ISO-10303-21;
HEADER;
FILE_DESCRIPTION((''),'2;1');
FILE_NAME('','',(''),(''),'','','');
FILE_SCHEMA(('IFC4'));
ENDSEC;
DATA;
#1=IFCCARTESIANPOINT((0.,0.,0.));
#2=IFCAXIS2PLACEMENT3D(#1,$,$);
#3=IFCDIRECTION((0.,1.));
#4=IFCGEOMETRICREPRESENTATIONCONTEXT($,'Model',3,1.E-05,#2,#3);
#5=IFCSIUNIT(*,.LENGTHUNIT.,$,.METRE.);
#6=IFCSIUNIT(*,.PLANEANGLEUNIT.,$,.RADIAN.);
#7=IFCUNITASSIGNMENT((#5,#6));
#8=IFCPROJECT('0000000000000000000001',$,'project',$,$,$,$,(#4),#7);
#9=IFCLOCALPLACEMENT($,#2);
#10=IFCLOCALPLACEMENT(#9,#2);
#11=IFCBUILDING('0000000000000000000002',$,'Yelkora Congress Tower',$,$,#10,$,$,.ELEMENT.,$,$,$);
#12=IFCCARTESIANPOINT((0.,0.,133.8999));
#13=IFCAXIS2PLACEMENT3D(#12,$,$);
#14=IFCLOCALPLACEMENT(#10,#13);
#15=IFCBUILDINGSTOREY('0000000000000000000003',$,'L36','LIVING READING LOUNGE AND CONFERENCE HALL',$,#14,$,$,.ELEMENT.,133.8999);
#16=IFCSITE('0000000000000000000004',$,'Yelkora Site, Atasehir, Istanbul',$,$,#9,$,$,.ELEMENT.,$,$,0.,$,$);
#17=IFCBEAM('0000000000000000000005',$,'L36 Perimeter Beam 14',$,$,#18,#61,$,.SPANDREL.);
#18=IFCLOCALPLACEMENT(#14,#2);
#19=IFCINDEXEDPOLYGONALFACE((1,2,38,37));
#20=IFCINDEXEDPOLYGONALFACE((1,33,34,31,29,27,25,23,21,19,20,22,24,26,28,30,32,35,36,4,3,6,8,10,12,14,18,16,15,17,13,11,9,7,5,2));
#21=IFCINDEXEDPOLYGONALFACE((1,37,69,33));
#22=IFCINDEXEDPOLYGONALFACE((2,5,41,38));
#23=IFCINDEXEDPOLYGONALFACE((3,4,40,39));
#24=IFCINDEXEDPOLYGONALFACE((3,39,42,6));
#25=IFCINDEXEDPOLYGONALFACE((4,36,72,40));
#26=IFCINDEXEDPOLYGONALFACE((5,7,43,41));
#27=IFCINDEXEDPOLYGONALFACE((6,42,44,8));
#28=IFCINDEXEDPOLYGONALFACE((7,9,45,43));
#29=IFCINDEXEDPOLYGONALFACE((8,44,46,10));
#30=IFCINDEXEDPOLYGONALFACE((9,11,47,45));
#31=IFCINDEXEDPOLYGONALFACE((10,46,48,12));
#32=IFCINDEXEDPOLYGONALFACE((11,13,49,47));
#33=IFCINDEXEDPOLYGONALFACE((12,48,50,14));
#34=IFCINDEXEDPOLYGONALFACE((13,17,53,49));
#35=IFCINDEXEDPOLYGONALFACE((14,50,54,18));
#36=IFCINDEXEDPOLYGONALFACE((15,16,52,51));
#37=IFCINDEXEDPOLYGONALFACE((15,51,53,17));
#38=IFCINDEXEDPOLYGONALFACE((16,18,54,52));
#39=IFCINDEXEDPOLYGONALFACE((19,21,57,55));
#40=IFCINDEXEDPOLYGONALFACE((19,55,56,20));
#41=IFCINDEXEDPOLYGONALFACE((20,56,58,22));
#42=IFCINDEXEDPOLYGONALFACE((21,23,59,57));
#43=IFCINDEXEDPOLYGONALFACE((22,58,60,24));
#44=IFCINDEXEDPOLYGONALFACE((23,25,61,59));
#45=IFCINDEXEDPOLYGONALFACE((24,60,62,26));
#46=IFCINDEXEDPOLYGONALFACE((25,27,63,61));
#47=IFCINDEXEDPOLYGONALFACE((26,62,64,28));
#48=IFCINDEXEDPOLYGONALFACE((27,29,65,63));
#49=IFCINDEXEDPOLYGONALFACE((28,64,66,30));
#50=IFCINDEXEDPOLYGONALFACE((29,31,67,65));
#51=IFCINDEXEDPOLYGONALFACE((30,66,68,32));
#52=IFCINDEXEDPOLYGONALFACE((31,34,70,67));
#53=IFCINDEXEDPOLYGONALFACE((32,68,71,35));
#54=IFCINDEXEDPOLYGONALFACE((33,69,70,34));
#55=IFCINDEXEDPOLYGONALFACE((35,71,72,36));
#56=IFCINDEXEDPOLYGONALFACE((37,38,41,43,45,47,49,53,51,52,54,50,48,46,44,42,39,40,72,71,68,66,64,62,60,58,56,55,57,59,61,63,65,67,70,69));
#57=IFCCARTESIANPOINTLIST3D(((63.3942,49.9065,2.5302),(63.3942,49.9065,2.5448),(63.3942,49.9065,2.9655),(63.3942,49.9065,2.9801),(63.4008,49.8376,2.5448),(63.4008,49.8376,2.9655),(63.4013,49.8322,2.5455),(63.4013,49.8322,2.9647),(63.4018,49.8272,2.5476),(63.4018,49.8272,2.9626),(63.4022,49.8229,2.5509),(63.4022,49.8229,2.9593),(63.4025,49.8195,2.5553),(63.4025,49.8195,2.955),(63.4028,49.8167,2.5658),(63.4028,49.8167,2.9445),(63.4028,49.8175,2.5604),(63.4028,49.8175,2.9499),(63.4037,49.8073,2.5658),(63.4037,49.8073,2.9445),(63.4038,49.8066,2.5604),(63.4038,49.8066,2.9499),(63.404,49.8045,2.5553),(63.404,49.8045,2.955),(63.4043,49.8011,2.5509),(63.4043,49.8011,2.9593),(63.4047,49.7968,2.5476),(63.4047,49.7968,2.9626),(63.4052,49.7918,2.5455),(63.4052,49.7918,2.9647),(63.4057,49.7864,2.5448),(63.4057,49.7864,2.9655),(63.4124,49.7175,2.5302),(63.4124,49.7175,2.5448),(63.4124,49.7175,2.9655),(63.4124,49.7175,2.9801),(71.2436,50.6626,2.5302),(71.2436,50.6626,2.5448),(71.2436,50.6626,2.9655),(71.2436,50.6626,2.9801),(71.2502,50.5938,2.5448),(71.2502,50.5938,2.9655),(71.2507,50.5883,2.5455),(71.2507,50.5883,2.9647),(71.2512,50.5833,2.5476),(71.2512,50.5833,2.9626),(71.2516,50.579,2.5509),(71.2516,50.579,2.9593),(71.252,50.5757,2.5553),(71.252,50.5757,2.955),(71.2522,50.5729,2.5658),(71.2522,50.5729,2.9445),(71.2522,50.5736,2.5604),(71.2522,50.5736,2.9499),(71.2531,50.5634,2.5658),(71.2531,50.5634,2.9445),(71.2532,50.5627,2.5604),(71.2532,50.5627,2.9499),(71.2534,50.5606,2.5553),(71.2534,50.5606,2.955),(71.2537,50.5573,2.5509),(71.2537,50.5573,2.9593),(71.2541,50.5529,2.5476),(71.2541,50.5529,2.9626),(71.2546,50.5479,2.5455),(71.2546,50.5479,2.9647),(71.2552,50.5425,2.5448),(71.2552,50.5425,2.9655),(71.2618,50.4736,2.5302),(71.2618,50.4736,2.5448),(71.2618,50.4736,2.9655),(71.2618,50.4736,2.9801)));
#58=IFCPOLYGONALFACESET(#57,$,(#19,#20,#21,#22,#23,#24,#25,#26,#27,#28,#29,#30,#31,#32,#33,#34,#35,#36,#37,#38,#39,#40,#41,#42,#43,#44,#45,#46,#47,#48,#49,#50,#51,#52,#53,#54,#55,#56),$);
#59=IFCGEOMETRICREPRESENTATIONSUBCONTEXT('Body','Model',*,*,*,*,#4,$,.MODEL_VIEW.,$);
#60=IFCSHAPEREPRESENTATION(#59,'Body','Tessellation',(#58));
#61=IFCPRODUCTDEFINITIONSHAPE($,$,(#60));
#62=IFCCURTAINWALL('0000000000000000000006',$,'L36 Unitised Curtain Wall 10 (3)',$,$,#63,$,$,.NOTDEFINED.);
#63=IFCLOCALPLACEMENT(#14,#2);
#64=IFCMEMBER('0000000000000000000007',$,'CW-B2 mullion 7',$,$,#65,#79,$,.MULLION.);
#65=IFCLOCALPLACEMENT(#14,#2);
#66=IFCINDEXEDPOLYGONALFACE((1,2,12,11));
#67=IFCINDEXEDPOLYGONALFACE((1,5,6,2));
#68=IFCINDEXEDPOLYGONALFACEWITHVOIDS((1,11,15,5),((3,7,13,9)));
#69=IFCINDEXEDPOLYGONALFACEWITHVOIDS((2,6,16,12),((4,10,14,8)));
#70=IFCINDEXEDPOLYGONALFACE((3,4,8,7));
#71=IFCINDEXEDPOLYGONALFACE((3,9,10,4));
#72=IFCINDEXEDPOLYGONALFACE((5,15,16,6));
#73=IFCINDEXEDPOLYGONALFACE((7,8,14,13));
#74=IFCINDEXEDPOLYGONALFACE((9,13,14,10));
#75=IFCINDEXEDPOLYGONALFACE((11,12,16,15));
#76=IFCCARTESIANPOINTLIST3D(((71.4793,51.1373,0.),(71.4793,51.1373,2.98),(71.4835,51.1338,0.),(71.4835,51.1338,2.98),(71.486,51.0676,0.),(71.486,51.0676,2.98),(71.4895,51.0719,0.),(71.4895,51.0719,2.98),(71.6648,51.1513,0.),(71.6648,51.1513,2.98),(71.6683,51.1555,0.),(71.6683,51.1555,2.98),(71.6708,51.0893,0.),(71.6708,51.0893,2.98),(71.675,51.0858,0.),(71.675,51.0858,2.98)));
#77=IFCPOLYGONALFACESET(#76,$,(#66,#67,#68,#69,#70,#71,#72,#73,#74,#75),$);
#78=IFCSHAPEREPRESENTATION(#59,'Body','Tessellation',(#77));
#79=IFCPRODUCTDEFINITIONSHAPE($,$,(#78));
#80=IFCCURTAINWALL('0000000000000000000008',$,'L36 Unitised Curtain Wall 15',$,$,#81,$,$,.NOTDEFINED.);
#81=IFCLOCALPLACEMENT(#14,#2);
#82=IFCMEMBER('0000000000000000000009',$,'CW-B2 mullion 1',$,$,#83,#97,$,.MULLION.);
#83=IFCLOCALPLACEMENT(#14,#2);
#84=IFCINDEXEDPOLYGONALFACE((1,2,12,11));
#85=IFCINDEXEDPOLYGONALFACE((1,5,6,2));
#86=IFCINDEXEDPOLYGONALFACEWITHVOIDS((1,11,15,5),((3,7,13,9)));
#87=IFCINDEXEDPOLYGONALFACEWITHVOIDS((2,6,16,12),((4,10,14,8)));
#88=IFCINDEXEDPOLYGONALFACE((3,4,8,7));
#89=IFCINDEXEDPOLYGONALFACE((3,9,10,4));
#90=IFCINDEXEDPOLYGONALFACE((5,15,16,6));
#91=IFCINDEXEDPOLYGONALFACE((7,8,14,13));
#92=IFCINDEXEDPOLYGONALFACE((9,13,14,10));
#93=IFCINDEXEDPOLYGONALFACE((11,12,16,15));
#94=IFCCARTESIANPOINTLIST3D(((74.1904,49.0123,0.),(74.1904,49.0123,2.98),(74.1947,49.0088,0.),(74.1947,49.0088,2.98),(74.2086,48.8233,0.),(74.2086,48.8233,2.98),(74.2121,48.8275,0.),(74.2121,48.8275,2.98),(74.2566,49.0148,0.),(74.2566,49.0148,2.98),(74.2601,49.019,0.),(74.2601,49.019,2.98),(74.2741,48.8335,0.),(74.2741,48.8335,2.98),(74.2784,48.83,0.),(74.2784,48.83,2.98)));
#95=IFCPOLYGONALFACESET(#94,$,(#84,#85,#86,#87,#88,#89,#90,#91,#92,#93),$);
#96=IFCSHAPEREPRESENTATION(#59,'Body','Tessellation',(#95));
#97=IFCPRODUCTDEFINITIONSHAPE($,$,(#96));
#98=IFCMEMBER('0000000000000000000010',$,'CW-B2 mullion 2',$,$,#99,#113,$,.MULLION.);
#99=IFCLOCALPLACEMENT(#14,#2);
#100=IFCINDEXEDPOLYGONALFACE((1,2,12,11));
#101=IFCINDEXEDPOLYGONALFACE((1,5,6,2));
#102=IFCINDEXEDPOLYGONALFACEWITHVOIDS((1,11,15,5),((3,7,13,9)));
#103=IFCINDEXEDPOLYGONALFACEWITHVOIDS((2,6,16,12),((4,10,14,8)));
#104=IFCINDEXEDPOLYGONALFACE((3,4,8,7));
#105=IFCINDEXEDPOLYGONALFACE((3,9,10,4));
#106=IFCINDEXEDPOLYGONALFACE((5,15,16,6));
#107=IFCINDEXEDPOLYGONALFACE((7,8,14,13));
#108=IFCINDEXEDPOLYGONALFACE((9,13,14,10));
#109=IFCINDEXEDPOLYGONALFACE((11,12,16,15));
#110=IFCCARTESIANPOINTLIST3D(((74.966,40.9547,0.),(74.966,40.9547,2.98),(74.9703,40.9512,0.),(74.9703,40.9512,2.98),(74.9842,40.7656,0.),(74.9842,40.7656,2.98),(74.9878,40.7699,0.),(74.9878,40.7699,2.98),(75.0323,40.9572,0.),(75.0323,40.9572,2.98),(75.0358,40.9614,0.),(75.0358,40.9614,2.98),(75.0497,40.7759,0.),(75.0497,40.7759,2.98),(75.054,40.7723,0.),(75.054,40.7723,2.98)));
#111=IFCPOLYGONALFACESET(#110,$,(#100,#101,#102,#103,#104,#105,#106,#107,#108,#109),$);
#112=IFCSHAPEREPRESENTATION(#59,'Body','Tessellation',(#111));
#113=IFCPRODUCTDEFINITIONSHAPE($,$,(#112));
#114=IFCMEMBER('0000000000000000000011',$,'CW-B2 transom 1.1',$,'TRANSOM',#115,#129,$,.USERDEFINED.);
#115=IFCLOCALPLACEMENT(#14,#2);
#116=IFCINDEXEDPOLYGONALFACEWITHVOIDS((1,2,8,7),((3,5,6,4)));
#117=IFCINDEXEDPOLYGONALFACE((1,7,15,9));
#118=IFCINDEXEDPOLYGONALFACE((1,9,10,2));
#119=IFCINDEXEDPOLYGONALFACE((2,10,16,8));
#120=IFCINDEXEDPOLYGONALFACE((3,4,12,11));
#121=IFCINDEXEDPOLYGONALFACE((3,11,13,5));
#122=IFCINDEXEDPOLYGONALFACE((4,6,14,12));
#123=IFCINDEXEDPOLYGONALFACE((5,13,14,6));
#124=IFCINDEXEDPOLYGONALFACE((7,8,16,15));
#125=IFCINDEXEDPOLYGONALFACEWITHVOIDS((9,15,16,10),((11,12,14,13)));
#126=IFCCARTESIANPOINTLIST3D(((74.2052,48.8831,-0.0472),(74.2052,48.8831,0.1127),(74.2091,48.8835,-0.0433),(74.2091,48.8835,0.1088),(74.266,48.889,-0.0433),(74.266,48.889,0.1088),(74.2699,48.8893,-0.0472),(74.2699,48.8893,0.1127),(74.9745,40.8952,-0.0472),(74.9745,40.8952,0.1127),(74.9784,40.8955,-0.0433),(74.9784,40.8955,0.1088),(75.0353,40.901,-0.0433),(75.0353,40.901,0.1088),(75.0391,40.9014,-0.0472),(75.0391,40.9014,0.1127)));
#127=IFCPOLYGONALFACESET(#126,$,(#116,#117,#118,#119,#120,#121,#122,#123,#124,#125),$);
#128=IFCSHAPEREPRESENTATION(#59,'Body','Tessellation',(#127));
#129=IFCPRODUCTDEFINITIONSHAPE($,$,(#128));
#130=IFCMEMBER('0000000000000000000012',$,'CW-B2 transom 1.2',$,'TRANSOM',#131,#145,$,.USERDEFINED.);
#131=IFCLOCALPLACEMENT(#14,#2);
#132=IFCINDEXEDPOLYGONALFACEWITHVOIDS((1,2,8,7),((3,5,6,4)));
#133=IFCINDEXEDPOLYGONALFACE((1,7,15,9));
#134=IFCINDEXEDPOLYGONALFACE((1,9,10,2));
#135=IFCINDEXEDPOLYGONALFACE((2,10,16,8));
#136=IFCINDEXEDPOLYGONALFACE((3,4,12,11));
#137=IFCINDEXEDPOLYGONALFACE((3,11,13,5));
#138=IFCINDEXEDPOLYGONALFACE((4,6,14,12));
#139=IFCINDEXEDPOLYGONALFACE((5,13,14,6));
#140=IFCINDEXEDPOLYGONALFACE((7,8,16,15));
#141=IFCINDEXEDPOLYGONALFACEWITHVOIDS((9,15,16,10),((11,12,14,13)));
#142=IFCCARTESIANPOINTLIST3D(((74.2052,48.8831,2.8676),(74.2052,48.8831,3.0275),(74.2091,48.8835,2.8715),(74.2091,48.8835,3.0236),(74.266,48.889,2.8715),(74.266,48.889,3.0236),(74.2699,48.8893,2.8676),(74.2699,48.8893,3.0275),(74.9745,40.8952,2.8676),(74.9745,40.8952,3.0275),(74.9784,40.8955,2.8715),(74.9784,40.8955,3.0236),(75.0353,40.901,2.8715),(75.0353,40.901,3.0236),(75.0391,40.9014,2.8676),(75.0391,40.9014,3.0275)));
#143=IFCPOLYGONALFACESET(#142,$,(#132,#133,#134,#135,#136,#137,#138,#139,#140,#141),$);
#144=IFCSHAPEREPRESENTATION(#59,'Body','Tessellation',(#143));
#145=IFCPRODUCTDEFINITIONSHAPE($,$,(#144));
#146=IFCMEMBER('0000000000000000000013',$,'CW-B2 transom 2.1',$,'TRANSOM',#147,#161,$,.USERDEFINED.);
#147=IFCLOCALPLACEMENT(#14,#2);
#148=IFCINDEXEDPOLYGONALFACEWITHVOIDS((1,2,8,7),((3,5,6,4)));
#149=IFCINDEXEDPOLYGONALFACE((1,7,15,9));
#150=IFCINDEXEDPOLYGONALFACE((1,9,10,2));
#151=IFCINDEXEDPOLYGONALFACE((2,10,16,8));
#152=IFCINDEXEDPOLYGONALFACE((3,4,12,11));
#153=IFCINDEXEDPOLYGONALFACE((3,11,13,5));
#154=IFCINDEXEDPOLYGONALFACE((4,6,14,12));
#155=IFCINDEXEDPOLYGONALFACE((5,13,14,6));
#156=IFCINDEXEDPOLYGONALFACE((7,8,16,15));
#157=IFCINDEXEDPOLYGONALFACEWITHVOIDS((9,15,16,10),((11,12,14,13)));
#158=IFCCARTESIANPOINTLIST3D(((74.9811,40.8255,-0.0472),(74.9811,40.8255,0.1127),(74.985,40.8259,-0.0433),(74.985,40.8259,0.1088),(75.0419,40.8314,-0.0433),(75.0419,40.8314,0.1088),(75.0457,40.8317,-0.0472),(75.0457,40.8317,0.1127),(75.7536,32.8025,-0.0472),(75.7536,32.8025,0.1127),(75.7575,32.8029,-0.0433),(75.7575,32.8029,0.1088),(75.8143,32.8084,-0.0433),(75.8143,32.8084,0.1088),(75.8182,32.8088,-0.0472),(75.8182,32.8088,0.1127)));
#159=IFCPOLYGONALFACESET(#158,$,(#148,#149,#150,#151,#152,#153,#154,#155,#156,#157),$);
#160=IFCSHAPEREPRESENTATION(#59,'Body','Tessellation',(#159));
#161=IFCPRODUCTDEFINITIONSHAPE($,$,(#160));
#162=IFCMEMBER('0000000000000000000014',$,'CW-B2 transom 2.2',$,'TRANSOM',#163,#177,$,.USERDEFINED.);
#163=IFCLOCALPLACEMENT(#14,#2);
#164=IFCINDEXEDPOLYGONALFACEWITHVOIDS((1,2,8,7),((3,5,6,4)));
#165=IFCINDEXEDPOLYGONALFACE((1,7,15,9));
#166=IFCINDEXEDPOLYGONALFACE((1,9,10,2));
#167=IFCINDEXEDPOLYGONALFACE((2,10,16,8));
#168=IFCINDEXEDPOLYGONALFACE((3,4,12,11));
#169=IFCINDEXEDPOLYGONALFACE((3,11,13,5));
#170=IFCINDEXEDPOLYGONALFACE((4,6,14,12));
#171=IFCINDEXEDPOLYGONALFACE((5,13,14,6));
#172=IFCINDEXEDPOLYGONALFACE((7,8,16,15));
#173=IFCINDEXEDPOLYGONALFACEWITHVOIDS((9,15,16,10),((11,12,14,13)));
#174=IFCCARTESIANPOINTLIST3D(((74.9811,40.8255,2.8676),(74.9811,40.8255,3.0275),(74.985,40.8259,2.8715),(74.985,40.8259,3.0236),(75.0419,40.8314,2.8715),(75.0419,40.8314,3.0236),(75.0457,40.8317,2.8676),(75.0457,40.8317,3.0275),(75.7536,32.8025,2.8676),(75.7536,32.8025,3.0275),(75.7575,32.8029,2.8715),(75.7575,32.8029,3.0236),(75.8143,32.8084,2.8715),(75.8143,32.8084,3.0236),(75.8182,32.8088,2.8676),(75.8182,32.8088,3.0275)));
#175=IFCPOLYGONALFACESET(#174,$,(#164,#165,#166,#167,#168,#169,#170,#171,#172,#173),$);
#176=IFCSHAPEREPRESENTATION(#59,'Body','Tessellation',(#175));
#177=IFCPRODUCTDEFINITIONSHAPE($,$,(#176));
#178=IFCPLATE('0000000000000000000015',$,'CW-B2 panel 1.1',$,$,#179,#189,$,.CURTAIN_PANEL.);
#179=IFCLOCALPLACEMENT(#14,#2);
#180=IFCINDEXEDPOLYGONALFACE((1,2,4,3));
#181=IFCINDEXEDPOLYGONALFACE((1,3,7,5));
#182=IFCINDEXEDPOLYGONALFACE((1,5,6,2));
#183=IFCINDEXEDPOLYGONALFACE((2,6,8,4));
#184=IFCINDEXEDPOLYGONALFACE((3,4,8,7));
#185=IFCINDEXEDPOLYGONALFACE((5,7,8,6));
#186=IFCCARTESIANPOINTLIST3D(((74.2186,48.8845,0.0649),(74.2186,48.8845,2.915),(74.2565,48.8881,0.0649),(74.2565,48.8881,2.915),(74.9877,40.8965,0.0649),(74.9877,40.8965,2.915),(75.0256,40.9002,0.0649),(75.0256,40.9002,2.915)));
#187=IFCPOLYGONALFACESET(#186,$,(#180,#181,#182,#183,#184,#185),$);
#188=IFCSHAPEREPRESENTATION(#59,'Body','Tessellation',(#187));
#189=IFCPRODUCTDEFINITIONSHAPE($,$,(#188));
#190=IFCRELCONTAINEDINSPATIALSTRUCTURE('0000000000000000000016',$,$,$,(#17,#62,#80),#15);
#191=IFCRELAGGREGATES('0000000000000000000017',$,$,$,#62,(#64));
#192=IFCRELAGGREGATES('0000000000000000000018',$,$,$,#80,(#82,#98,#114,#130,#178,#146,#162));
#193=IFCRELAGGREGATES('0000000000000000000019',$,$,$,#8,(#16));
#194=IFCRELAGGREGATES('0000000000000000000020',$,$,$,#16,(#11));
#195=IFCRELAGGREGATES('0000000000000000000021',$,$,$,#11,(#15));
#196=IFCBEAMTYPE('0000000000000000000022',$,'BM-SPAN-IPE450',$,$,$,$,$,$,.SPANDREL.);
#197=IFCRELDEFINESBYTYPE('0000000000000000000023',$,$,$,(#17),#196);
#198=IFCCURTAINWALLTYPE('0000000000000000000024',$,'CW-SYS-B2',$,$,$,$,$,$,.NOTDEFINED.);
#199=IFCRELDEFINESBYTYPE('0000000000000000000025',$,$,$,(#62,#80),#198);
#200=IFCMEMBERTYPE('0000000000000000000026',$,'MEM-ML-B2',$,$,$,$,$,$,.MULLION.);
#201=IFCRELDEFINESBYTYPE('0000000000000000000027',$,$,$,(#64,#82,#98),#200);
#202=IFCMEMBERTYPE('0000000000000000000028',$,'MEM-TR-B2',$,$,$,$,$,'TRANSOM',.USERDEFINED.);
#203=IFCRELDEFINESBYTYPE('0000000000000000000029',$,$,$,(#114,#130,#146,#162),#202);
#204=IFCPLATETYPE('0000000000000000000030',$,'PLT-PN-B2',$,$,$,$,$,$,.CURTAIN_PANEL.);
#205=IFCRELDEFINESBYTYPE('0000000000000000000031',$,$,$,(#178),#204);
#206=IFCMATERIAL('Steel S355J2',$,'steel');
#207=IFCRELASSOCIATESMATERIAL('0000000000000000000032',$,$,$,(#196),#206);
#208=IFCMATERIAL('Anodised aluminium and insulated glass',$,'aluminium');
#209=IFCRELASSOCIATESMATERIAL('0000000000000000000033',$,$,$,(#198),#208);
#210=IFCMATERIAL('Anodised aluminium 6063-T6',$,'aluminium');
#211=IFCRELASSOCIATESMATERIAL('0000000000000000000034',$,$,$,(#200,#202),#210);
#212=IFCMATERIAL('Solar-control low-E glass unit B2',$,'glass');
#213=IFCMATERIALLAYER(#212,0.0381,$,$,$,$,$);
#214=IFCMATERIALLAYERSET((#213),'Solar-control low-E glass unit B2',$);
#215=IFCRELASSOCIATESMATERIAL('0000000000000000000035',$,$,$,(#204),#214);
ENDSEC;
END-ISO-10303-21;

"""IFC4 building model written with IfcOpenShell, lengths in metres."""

from ifc_helpers import new_model, si_unit, direction, frame, origin, origin_2d, place, context, subcontext, project, spatial, rectangle, hollow_rectangle, i_section, extrude, material, layer, layer_set, material_profile, profile_set, type_object, element, aggregate, save


model = new_model("IFC4")

# Units and contexts
model_context = context("Model", 3, precision=1e-05, world=origin(), true_north=direction((0.0, 1.0)))
body_context = subcontext(model_context, "Body", "Model", "MODEL_VIEW")
ifc_project = project(units=[si_unit("LENGTHUNIT", "METRE"), si_unit("PLANEANGLEUNIT", "RADIAN")], contexts=[model_context])

# Site, building, storey
site_placement = place(None, origin())
site = spatial("IfcSite", under=ifc_project, at=site_placement, Name="Yelkora Site, Atasehir, Istanbul", CompositionType="ELEMENT", RefElevation=0.0)
building_placement = place(site_placement, origin())
building = spatial("IfcBuilding", under=site, at=building_placement, Name="Yelkora Congress Tower", CompositionType="ELEMENT")
storey_placement = place(building_placement, frame((0.0, 0.0, 133.8999)))
storey = spatial("IfcBuildingStorey", under=building, at=storey_placement, Name="L36", Description="LIVING READING LOUNGE AND CONFERENCE HALL", CompositionType="ELEMENT", Elevation=133.8999)

# Beam
ifc_material_1 = material(Name="Steel S355J2", Category="steel")
ifc_material_profile_1 = material_profile(ifc_material_1, i_section(OverallWidth=0.1899, OverallDepth=0.45, WebThickness=0.0095, FlangeThickness=0.0146, FilletRadius=0.021, at=origin_2d()), Name="IPE 450")
ifc_profile_set_1 = profile_set([ifc_material_profile_1], Name="Steel S355J2")
beam_type_1 = type_object("IfcBeamType", Name="BM-SPAN-IPE450", PredefinedType="SPANDREL", material=ifc_profile_set_1)
beam_1_placement = place(storey_placement, frame((71.2527, 50.5681, 2.7551), z_axis=(-0.995393, -0.095883, 0.0), x_axis=(0.095883, -0.995393, 0.0)))
element("IfcBeam", 1, at=beam_1_placement, inside=storey, type_object=beam_type_1, Name="L36 Perimeter Beam 14", PredefinedType="SPANDREL", context=body_context, shape_type="SweptSolid", body=[
    extrude(i_section(OverallWidth=0.1899, OverallDepth=0.45, WebThickness=0.0095, FlangeThickness=0.0146, FilletRadius=0.021, at=origin_2d()), origin(), (0.0, 0.0, 1.0), 7.8857),
])

# Curtain wall, member
ifc_material_2 = material(Name="Anodised aluminium and insulated glass", Category="aluminium")
curtain_wall_type = type_object("IfcCurtainWallType", Name="CW-SYS-B2", PredefinedType="NOTDEFINED", material=ifc_material_2)
curtain_wall_1_placement = place(storey_placement, origin())
curtain_wall_1 = element("IfcCurtainWall", 2, at=curtain_wall_1_placement, inside=storey, type_object=curtain_wall_type, Name="L36 Unitised Curtain Wall 10 (3)", PredefinedType="NOTDEFINED")
ifc_material_3 = material(Name="Anodised aluminium 6063-T6", Category="aluminium")
ifc_material_profile_2 = material_profile(ifc_material_3, hollow_rectangle(XDim=0.0701, YDim=0.1899, WallThickness=0.0039, at=origin_2d()), Name="ALU 70x190x4")
ifc_profile_set_2 = profile_set([ifc_material_profile_2], Name="Anodised aluminium 6063-T6")
member_type_1 = type_object("IfcMemberType", Name="MEM-ML-B2", PredefinedType="MULLION", material=ifc_profile_set_2)
member_1_placement = place(storey_placement, frame((71.5771, 51.1116, 0.0), z_axis=(0.0, 0.0, 1.0), x_axis=(-0.095844, 0.995396, 0.0)))
member_1 = element("IfcMember", 3, at=member_1_placement, type_object=member_type_1, Name="CW-B2 mullion 7", PredefinedType="MULLION", context=body_context, shape_type="SweptSolid", body=[
    extrude(hollow_rectangle(XDim=0.0701, YDim=0.1899, WallThickness=0.0039, at=origin_2d()), origin(), (0.0, 0.0, 1.0), 2.98),
])
aggregate(curtain_wall_1, [member_1])

# Curtain wall, members, plate
curtain_wall_2_placement = place(storey_placement, origin())
curtain_wall_2 = element("IfcCurtainWall", 4, at=curtain_wall_2_placement, inside=storey, type_object=curtain_wall_type, Name="L36 Unitised Curtain Wall 15", PredefinedType="NOTDEFINED")
member_2_placement = place(storey_placement, frame((74.2344, 48.9211, 0.0), z_axis=(0.0, 0.0, 1.0), x_axis=(0.995397, 0.095843, 0.0)))
member_2 = element("IfcMember", 5, at=member_2_placement, type_object=member_type_1, Name="CW-B2 mullion 1", PredefinedType="MULLION", context=body_context, shape_type="SweptSolid", body=[
    extrude(hollow_rectangle(XDim=0.0701, YDim=0.1899, WallThickness=0.0039, at=origin_2d()), origin(), (0.0, 0.0, 1.0), 2.98),
])
member_3_placement = place(storey_placement, frame((75.01, 40.8635, 0.0), z_axis=(0.0, 0.0, 1.0), x_axis=(0.995397, 0.095843, 0.0)))
member_3 = element("IfcMember", 6, at=member_3_placement, type_object=member_type_1, Name="CW-B2 mullion 2", PredefinedType="MULLION", context=body_context, shape_type="SweptSolid", body=[
    extrude(hollow_rectangle(XDim=0.0701, YDim=0.1899, WallThickness=0.0039, at=origin_2d()), origin(), (0.0, 0.0, 1.0), 2.98),
])
ifc_material_profile_3 = material_profile(ifc_material_3, hollow_rectangle(XDim=0.0649, YDim=0.1599, WallThickness=0.0039, at=origin_2d()), Name="ALU 65x160x4")
ifc_profile_set_3 = profile_set([ifc_material_profile_3], Name="Anodised aluminium 6063-T6")
member_type_2 = type_object("IfcMemberType", Name="MEM-TR-B2", ElementType="TRANSOM", PredefinedType="USERDEFINED", material=ifc_profile_set_3)
member_4_placement = place(storey_placement, frame((74.2375, 48.8862, 0.0327), z_axis=(0.095861, -0.995395, 0.0), x_axis=(0.995395, 0.095861, 0.0)))
member_4 = element("IfcMember", 7, at=member_4_placement, type_object=member_type_2, Name="CW-B2 transom 1.1", ObjectType="TRANSOM", PredefinedType="USERDEFINED", context=body_context, shape_type="SweptSolid", body=[
    extrude(hollow_rectangle(XDim=0.0649, YDim=0.1599, WallThickness=0.0039, at=origin_2d()), origin(), (0.0, 0.0, 1.0), 8.0249),
])
member_5_placement = place(storey_placement, frame((74.2375, 48.8862, 2.9475), z_axis=(0.095861, -0.995395, 0.0), x_axis=(0.995395, 0.095861, 0.0)))
member_5 = element("IfcMember", 8, at=member_5_placement, type_object=member_type_2, Name="CW-B2 transom 1.2", ObjectType="TRANSOM", PredefinedType="USERDEFINED", context=body_context, shape_type="SweptSolid", body=[
    extrude(hollow_rectangle(XDim=0.0649, YDim=0.1599, WallThickness=0.0039, at=origin_2d()), origin(), (0.0, 0.0, 1.0), 8.0249),
])
member_6_placement = place(storey_placement, frame((75.0134, 40.8286, 0.0327), z_axis=(0.095838, -0.995397, 0.0), x_axis=(0.995397, 0.095838, 0.0)))
member_6 = element("IfcMember", 9, at=member_6_placement, type_object=member_type_2, Name="CW-B2 transom 2.1", ObjectType="TRANSOM", PredefinedType="USERDEFINED", context=body_context, shape_type="SweptSolid", body=[
    extrude(hollow_rectangle(XDim=0.0649, YDim=0.1599, WallThickness=0.0039, at=origin_2d()), origin(), (0.0, 0.0, 1.0), 8.0601),
])
member_7_placement = place(storey_placement, frame((75.0134, 40.8286, 2.9475), z_axis=(0.095838, -0.995397, 0.0), x_axis=(0.995397, 0.095838, 0.0)))
member_7 = element("IfcMember", 10, at=member_7_placement, type_object=member_type_2, Name="CW-B2 transom 2.2", ObjectType="TRANSOM", PredefinedType="USERDEFINED", context=body_context, shape_type="SweptSolid", body=[
    extrude(hollow_rectangle(XDim=0.0649, YDim=0.1599, WallThickness=0.0039, at=origin_2d()), origin(), (0.0, 0.0, 1.0), 8.0601),
])
ifc_material_4 = material(Name="Solar-control low-E glass unit B2", Category="glass")
ifc_layer_1 = layer(ifc_material_4, 0.0381)
ifc_layer_set_1 = layer_set([ifc_layer_1], Name="Solar-control low-E glass unit B2")
plate_type = type_object("IfcPlateType", Name="PLT-PN-B2", PredefinedType="CURTAIN_PANEL", material=ifc_layer_set_1)
plate_1_placement = place(storey_placement, frame((74.6221, 44.8923, 0.0649), z_axis=(0.0, 0.0, 1.0), x_axis=(0.095843, -0.995397, 0.0)))
plate_1 = element("IfcPlate", 11, at=plate_1_placement, type_object=plate_type, Name="CW-B2 panel 1.1", PredefinedType="CURTAIN_PANEL", context=body_context, shape_type="SweptSolid", body=[
    extrude(rectangle(XDim=8.0249, YDim=0.0381, at=origin_2d()), origin(), (0.0, 0.0, 1.0), 2.8501),
])
aggregate(curtain_wall_2, [member_2, member_3, member_4, member_5, plate_1, member_6, member_7])

save(model, "model.ifc")
